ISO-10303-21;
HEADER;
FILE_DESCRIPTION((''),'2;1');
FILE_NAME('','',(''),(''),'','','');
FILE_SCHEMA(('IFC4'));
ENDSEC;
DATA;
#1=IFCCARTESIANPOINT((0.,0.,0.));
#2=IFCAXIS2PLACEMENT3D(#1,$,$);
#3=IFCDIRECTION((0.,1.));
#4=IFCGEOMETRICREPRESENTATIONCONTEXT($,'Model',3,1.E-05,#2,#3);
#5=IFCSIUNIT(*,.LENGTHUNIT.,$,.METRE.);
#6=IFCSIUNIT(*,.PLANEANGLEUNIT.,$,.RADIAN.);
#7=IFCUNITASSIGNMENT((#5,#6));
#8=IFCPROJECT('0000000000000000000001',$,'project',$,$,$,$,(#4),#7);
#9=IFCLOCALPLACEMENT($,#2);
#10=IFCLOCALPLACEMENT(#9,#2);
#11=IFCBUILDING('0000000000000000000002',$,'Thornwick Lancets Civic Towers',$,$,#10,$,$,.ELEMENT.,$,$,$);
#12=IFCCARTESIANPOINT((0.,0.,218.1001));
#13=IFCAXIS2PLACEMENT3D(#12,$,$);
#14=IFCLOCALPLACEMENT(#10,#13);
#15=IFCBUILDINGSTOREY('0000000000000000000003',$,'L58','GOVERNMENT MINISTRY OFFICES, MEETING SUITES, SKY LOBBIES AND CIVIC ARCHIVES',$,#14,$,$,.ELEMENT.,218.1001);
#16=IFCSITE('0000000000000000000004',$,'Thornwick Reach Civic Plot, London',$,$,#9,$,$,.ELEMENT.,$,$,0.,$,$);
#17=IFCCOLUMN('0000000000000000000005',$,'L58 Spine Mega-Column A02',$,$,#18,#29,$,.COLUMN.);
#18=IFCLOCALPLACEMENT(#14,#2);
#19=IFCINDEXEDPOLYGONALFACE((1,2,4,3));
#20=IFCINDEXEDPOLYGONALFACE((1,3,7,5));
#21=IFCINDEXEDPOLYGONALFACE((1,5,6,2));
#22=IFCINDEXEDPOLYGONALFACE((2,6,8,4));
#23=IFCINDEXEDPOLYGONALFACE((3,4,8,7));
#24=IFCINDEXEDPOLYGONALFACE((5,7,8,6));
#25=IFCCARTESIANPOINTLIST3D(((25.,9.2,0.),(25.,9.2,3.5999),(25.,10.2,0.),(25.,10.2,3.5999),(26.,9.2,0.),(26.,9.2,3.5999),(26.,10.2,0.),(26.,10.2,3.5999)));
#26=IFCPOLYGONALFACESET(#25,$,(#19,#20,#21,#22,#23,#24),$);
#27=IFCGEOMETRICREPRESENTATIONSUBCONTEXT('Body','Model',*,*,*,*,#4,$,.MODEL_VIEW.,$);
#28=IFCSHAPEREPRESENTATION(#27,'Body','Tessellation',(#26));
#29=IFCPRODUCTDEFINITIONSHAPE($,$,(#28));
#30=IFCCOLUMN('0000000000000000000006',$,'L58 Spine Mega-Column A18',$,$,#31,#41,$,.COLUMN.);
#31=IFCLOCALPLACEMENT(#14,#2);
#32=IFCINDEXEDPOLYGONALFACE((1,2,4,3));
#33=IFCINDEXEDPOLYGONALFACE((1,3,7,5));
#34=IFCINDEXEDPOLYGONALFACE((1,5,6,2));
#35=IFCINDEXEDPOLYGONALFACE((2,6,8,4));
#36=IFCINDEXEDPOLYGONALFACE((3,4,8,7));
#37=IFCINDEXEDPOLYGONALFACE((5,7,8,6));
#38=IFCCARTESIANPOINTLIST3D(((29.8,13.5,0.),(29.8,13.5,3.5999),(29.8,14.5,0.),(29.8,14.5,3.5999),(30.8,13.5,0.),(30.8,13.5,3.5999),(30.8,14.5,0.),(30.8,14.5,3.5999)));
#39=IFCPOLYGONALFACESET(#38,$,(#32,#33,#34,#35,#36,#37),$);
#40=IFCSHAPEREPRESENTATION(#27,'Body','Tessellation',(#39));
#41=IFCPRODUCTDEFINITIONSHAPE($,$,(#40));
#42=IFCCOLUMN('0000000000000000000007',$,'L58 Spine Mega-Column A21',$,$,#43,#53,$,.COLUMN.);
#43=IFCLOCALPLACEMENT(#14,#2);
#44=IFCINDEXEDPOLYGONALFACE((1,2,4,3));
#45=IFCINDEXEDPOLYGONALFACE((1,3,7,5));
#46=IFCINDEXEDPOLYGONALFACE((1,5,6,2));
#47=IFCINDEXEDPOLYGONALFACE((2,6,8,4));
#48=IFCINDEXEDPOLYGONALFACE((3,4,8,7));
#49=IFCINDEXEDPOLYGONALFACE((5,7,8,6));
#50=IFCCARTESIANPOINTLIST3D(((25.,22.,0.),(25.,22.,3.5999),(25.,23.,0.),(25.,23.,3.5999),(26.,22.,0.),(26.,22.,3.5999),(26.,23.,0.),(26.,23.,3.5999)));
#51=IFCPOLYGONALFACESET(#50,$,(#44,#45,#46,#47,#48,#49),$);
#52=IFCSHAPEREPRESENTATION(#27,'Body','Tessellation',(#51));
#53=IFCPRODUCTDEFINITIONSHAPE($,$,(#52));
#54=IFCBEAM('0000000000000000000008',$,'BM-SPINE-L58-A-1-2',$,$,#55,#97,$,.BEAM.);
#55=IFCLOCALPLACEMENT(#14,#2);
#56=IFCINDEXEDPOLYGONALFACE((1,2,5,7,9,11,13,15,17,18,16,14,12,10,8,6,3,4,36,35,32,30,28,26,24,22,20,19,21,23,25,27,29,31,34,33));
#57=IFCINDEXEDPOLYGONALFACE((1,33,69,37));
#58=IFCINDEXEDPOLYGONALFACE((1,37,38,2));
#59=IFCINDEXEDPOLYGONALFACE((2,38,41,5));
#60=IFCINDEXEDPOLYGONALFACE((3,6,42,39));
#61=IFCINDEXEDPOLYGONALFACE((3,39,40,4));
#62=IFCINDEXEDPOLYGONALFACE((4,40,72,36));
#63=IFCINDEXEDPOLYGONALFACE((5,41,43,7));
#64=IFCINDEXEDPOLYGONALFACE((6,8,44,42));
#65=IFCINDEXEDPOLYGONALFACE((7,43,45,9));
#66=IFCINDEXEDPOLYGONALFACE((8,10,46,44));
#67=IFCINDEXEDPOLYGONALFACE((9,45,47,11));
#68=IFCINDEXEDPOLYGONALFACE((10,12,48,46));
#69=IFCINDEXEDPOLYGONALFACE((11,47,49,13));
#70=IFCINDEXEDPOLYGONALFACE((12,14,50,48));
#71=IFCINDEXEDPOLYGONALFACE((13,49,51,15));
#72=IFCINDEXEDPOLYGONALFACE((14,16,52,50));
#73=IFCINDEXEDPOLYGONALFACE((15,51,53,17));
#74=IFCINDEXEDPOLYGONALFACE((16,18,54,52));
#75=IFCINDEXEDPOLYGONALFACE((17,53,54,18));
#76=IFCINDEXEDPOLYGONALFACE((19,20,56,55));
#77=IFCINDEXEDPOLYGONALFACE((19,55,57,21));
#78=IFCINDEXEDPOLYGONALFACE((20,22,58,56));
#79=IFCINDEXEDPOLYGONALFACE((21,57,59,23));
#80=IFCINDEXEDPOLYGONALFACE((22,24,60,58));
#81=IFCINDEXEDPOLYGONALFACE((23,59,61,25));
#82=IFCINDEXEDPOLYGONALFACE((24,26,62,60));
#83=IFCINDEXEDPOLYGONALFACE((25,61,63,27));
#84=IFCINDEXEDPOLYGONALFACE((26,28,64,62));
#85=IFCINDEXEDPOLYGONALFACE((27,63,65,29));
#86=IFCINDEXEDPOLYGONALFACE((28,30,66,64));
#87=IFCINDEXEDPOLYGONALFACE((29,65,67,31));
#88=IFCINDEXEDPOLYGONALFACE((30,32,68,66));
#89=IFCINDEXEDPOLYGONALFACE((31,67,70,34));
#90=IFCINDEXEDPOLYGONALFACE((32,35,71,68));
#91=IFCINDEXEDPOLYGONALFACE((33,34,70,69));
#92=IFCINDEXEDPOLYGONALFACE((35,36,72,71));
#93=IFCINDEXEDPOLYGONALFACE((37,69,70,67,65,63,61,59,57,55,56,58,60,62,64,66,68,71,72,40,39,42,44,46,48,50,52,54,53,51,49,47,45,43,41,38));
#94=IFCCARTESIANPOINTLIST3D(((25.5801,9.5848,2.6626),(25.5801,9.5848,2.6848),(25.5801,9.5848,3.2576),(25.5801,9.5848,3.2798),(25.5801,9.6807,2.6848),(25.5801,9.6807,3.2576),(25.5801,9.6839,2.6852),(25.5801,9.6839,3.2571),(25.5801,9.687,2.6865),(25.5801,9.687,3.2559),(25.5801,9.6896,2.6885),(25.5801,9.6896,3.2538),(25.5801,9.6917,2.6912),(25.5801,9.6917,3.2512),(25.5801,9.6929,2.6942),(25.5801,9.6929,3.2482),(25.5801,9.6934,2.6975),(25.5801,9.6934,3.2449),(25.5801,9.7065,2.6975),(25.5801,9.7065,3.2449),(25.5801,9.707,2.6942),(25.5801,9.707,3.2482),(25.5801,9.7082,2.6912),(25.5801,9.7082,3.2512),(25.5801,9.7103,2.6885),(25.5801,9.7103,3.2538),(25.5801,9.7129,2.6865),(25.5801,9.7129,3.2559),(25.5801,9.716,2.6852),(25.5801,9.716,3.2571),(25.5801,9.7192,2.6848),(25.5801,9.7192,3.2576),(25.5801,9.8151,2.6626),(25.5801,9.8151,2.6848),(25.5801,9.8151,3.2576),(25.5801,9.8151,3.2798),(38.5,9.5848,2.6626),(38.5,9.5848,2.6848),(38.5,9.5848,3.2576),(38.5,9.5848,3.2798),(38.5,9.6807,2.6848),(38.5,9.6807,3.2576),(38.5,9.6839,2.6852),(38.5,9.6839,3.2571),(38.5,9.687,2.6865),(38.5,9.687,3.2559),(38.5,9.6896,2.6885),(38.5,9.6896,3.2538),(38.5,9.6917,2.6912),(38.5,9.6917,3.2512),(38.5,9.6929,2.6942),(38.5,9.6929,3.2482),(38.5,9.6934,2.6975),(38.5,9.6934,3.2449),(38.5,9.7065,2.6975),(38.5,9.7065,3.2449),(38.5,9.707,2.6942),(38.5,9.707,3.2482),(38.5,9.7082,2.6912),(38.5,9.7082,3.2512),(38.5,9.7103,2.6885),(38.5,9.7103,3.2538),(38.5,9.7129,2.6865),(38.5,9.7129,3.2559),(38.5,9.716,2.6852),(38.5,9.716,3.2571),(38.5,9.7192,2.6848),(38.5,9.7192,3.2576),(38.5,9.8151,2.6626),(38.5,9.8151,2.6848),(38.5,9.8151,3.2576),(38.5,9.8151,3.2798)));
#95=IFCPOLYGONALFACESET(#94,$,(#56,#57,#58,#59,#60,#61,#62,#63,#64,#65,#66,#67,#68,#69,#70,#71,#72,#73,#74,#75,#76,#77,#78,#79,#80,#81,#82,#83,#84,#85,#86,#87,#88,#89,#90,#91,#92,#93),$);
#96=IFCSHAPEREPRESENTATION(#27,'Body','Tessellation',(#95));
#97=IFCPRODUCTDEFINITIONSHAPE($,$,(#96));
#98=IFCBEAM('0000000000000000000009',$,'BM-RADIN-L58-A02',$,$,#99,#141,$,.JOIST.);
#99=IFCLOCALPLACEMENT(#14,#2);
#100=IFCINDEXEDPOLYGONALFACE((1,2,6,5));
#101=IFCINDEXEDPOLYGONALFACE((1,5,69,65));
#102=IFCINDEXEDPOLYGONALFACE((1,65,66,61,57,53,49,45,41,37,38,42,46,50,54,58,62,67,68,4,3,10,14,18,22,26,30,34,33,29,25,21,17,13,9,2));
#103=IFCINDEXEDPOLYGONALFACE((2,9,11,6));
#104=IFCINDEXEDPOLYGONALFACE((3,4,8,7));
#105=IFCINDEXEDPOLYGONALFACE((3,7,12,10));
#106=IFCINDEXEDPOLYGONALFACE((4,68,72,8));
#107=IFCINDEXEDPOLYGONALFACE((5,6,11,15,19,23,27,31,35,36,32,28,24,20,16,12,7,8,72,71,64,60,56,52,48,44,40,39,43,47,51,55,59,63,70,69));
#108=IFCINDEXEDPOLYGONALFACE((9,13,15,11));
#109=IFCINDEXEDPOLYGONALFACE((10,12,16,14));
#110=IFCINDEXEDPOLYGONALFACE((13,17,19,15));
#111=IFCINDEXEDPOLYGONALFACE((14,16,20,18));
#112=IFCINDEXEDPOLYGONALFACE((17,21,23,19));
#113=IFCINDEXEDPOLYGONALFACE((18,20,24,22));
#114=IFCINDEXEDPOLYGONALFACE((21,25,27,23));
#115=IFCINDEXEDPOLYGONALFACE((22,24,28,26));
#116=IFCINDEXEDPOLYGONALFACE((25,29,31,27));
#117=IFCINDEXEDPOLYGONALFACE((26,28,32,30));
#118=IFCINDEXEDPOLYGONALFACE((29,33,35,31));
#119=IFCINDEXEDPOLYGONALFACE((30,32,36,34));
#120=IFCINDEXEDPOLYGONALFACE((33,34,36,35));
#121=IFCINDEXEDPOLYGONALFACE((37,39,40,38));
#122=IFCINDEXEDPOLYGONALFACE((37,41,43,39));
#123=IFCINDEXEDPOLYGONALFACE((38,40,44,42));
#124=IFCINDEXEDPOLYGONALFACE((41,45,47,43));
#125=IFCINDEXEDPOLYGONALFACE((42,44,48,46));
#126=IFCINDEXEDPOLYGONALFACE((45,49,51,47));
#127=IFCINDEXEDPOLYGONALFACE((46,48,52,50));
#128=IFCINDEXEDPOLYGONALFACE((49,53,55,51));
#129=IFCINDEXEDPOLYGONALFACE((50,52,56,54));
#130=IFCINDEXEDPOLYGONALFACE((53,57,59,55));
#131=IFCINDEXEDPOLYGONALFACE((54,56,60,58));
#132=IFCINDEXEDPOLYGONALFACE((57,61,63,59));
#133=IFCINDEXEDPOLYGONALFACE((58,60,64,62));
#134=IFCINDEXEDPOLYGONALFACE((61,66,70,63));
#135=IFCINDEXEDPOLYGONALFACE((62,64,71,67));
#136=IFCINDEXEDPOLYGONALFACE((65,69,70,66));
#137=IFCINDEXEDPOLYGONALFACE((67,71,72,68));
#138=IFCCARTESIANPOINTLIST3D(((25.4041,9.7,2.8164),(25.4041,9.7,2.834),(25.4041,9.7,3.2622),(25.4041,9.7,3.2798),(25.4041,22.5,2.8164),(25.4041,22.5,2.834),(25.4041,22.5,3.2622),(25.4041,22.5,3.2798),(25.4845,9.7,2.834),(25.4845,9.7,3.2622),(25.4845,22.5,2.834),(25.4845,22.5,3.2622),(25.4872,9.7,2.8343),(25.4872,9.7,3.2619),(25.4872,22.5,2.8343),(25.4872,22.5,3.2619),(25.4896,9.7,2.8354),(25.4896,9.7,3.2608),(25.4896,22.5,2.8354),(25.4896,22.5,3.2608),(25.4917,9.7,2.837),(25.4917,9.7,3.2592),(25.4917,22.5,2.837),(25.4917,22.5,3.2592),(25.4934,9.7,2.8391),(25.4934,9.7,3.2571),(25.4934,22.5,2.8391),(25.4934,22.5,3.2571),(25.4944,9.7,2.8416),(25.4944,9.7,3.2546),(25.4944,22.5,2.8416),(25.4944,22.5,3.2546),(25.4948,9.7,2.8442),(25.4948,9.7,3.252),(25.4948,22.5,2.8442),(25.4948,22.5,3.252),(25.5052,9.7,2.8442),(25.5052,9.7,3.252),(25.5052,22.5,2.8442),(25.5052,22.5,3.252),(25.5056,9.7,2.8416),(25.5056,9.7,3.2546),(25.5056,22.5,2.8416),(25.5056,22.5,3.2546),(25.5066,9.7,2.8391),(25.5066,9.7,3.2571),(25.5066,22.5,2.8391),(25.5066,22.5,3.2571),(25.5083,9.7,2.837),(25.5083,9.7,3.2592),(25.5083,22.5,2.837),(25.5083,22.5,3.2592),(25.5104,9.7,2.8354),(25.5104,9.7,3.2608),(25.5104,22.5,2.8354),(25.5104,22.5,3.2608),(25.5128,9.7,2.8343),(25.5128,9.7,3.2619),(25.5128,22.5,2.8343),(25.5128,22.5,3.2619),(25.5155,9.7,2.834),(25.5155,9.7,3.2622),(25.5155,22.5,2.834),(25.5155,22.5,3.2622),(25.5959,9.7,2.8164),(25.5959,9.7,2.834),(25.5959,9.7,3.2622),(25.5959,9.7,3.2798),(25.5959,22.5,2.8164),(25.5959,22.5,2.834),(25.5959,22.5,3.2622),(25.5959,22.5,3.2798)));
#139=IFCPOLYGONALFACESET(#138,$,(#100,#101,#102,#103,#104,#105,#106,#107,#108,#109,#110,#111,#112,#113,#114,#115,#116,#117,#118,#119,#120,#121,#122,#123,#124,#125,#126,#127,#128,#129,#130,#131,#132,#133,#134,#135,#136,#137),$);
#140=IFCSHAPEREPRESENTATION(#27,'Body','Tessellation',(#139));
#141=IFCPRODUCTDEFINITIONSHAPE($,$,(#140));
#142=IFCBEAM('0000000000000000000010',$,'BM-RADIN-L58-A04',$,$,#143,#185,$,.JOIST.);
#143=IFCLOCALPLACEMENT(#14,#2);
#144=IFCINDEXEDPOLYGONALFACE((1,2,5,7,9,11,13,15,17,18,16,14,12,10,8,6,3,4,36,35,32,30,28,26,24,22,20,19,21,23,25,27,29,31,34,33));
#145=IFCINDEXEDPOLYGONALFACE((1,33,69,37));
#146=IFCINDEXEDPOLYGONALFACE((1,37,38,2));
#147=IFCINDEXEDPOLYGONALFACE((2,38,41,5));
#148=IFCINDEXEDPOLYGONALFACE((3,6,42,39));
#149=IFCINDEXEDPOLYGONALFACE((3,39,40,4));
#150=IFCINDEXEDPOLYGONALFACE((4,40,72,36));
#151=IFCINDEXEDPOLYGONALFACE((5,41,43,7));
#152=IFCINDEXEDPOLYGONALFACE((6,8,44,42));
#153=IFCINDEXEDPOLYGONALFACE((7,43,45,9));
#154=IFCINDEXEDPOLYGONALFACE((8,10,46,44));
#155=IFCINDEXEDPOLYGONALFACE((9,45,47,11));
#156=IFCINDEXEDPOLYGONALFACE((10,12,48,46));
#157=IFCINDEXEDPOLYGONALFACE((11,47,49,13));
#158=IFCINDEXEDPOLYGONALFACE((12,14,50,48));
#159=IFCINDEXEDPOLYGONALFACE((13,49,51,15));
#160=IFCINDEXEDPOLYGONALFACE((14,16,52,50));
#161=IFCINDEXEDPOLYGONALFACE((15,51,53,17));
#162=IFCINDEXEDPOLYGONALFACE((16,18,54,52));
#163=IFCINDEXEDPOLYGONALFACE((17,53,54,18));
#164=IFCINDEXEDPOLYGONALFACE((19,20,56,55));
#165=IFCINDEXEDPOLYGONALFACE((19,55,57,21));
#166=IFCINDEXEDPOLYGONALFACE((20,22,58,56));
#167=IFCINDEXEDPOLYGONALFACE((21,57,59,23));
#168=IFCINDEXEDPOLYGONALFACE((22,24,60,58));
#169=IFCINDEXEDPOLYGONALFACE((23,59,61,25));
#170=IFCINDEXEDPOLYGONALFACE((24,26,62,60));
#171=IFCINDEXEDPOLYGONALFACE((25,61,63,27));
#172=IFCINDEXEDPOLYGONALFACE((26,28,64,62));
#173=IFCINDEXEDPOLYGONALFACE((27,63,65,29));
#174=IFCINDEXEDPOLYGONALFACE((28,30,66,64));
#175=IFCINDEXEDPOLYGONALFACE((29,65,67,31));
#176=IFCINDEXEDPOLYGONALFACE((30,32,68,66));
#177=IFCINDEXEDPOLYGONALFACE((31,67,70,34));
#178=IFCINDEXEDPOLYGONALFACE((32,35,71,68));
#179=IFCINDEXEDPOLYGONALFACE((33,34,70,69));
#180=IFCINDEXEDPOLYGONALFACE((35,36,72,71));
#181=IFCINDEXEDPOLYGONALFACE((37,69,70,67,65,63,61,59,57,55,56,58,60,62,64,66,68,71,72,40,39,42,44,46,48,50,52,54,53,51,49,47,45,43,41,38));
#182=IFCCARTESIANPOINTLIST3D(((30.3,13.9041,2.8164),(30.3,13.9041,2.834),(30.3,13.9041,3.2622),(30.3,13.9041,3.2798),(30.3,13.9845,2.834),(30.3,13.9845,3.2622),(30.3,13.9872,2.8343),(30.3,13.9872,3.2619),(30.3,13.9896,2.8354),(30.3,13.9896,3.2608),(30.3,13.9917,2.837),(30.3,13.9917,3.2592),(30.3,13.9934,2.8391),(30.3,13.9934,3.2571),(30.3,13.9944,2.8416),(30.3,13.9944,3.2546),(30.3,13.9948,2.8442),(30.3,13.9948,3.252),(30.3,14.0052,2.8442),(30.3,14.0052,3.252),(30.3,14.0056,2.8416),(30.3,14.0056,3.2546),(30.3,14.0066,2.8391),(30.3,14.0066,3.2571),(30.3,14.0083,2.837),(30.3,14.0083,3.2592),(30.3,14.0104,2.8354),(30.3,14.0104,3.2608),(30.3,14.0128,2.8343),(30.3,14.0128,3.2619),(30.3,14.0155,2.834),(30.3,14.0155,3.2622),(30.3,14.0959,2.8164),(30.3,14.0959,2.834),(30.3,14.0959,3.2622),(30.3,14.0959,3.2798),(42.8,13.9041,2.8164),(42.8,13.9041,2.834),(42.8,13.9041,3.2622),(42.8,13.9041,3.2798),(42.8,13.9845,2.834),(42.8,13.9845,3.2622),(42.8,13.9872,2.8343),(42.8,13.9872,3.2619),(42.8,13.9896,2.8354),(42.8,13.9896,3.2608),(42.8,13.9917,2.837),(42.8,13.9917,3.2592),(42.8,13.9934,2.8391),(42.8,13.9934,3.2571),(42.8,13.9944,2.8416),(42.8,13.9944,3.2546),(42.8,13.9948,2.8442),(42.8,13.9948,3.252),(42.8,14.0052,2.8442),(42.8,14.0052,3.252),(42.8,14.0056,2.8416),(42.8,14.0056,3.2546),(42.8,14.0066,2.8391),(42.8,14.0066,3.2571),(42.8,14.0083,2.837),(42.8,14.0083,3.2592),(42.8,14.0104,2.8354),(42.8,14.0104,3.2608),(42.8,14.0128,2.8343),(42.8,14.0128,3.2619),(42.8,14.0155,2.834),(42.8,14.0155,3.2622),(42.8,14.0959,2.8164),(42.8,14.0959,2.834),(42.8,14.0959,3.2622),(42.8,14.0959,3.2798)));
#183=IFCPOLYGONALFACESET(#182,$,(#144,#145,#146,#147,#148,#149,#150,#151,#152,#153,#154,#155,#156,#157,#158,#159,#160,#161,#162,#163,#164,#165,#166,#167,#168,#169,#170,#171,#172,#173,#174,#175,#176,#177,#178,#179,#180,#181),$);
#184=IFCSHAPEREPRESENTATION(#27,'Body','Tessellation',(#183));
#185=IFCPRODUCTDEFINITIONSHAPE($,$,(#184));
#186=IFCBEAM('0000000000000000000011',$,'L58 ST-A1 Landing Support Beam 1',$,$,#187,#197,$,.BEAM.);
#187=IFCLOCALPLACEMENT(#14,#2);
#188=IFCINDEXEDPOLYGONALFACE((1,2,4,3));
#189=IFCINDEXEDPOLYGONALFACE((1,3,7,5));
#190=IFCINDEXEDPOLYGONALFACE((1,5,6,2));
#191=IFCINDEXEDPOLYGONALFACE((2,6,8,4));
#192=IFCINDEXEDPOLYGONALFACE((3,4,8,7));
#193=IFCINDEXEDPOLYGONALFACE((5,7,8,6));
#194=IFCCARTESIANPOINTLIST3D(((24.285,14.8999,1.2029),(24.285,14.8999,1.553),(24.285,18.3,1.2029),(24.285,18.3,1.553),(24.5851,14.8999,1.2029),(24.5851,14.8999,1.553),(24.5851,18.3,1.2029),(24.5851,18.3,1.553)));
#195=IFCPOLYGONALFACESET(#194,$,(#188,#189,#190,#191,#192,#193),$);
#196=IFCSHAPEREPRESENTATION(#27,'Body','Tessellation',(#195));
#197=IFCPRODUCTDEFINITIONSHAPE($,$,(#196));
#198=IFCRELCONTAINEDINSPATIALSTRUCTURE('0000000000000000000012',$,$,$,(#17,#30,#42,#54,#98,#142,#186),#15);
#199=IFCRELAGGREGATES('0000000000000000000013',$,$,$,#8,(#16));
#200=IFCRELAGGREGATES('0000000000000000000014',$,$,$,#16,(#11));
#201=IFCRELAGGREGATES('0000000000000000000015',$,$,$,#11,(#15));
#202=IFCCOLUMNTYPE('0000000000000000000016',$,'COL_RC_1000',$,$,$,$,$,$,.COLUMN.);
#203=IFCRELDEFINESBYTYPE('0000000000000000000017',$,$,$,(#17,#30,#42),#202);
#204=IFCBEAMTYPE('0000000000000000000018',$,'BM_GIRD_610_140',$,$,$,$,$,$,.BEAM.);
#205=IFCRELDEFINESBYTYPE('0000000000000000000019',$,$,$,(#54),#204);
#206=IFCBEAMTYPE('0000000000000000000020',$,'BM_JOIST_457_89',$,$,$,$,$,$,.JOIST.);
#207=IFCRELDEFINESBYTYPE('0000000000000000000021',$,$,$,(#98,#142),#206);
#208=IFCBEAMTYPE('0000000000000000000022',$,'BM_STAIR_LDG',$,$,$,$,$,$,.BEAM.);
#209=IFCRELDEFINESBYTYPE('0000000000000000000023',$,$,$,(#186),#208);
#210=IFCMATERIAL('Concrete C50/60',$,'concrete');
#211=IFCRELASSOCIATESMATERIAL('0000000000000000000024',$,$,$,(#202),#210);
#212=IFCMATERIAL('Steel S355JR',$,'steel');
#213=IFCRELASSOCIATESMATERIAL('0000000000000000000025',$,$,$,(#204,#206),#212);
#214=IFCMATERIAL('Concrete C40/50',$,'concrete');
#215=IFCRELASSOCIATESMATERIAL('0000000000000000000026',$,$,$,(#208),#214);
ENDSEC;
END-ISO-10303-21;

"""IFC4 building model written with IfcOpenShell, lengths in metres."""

from ifc_helpers import new_model, si_unit, direction, frame, origin, origin_2d, place, context, subcontext, project, spatial, rectangle, i_section, extrude, material, material_profile, profile_set, type_object, element, save


model = new_model("IFC4")

# Units and contexts
model_context = context("Model", 3, precision=1e-05, world=origin(), true_north=direction((0.0, 1.0)))
body_context = subcontext(model_context, "Body", "Model", "MODEL_VIEW")
ifc_project = project(units=[si_unit("LENGTHUNIT", "METRE"), si_unit("PLANEANGLEUNIT", "RADIAN")], contexts=[model_context])

# Site, building, storey
site_placement = place(None, origin())
site = spatial("IfcSite", under=ifc_project, at=site_placement, Name="Thornwick Reach Civic Plot, London", CompositionType="ELEMENT", RefElevation=0.0)
building_placement = place(site_placement, origin())
building = spatial("IfcBuilding", under=site, at=building_placement, Name="Thornwick Lancets Civic Towers", CompositionType="ELEMENT")
storey_placement = place(building_placement, frame((0.0, 0.0, 218.1001)))
storey = spatial("IfcBuildingStorey", under=building, at=storey_placement, Name="L58", Description="GOVERNMENT MINISTRY OFFICES, MEETING SUITES, SKY LOBBIES AND CIVIC ARCHIVES", CompositionType="ELEMENT", Elevation=218.1001)

# Columns
ifc_material_1 = material(Name="Concrete C50/60", Category="concrete")
ifc_material_profile_1 = material_profile(ifc_material_1, rectangle(XDim=1.0, YDim=1.0, at=origin_2d()), Name="RC 1000x1000")
ifc_profile_set_1 = profile_set([ifc_material_profile_1], Name="Concrete C50/60")
column_type = type_object("IfcColumnType", Name="COL_RC_1000", PredefinedType="COLUMN", material=ifc_profile_set_1)
for number, where, z_axis, x_axis, name in (
    (1, (25.5, 9.7, 0.0), (0.0, 0.0, 1.0), (1.0, 0.0, 0.0), "L58 Spine Mega-Column A02"),
    (2, (30.3, 14.0, 0.0), (0.0, 0.0, 1.0), (1.0, 0.0, 0.0), "L58 Spine Mega-Column A18"),
    (3, (25.5, 22.5, 0.0), (0.0, 0.0, 1.0), (1.0, 0.0, 0.0), "L58 Spine Mega-Column A21"),
):
    element("IfcColumn", number, at=place(storey_placement, frame(where, z_axis=z_axis, x_axis=x_axis)), inside=storey, type_object=column_type, Name=name, PredefinedType="COLUMN", context=body_context, shape_type="SweptSolid", body=[
        extrude(rectangle(XDim=1.0, YDim=1.0, at=origin_2d()), origin(), (0.0, 0.0, 1.0), 3.5999),
    ])

# Beams
ifc_material_2 = material(Name="Steel S355JR", Category="steel")
ifc_material_profile_2 = material_profile(ifc_material_2, i_section(OverallWidth=0.2302, OverallDepth=0.6172, WebThickness=0.0132, FlangeThickness=0.0222, FilletRadius=0.0127, at=origin_2d()), Name="UKB 610x229x140")
ifc_profile_set_2 = profile_set([ifc_material_profile_2], Name="Steel S355JR")
beam_type_1 = type_object("IfcBeamType", Name="BM_GIRD_610_140", PredefinedType="BEAM", material=ifc_profile_set_2)
beam_1_placement = place(storey_placement, frame((25.5801, 9.7, 2.9712), z_axis=(1.0, 0.0, 0.0), x_axis=(0.0, 1.0, 0.0)))
element("IfcBeam", 4, at=beam_1_placement, inside=storey, type_object=beam_type_1, Name="BM-SPINE-L58-A-1-2", PredefinedType="BEAM", context=body_context, shape_type="SweptSolid", body=[
    extrude(i_section(OverallWidth=0.2302, OverallDepth=0.6172, WebThickness=0.0132, FlangeThickness=0.0222, FilletRadius=0.0127, at=origin_2d()), origin(), (0.0, 0.0, 1.0), 12.9199),
])
ifc_material_profile_3 = material_profile(ifc_material_2, i_section(OverallWidth=0.1919, OverallDepth=0.4634, WebThickness=0.0105, FlangeThickness=0.0176, FilletRadius=0.0103, at=origin_2d()), Name="UKB 457x191x89")
ifc_profile_set_3 = profile_set([ifc_material_profile_3], Name="Steel S355JR")
beam_type_2 = type_object("IfcBeamType", Name="BM_JOIST_457_89", PredefinedType="JOIST", material=ifc_profile_set_3)
beam_2_placement = place(storey_placement, frame((25.5, 22.5, 3.0481), z_axis=(0.0, -1.0, 0.0), x_axis=(1.0, 0.0, 0.0)))
element("IfcBeam", 5, at=beam_2_placement, inside=storey, type_object=beam_type_2, Name="BM-RADIN-L58-A02", PredefinedType="JOIST", context=body_context, shape_type="SweptSolid", body=[
    extrude(i_section(OverallWidth=0.1919, OverallDepth=0.4634, WebThickness=0.0105, FlangeThickness=0.0176, FilletRadius=0.0103, at=origin_2d()), origin(), (0.0, 0.0, 1.0), 12.8),
])
beam_3_placement = place(storey_placement, frame((30.3, 14.0, 3.0481), z_axis=(1.0, 0.0, 0.0), x_axis=(0.0, 1.0, 0.0)))
element("IfcBeam", 6, at=beam_3_placement, inside=storey, type_object=beam_type_2, Name="BM-RADIN-L58-A04", PredefinedType="JOIST", context=body_context, shape_type="SweptSolid", body=[
    extrude(i_section(OverallWidth=0.1919, OverallDepth=0.4634, WebThickness=0.0105, FlangeThickness=0.0176, FilletRadius=0.0103, at=origin_2d()), origin(), (0.0, 0.0, 1.0), 12.5),
])
ifc_material_3 = material(Name="Concrete C40/50", Category="concrete")
ifc_material_profile_4 = material_profile(ifc_material_3, rectangle(XDim=0.3, YDim=0.3501, at=origin_2d()), Name="RC 300x350")
ifc_profile_set_4 = profile_set([ifc_material_profile_4], Name="Concrete C40/50")
beam_type_3 = type_object("IfcBeamType", Name="BM_STAIR_LDG", PredefinedType="BEAM", material=ifc_profile_set_4)
beam_4_placement = place(storey_placement, frame((24.4351, 14.8999, 1.3779), z_axis=(0.0, 1.0, 0.0), x_axis=(-1.0, 0.0, 0.0)))
element("IfcBeam", 7, at=beam_4_placement, inside=storey, type_object=beam_type_3, Name="L58 ST-A1 Landing Support Beam 1", PredefinedType="BEAM", context=body_context, shape_type="SweptSolid", body=[
    extrude(rectangle(XDim=0.3, YDim=0.3501, at=origin_2d()), origin(), (0.0, 0.0, 1.0), 3.4001),
])

save(model, "model.ifc")
